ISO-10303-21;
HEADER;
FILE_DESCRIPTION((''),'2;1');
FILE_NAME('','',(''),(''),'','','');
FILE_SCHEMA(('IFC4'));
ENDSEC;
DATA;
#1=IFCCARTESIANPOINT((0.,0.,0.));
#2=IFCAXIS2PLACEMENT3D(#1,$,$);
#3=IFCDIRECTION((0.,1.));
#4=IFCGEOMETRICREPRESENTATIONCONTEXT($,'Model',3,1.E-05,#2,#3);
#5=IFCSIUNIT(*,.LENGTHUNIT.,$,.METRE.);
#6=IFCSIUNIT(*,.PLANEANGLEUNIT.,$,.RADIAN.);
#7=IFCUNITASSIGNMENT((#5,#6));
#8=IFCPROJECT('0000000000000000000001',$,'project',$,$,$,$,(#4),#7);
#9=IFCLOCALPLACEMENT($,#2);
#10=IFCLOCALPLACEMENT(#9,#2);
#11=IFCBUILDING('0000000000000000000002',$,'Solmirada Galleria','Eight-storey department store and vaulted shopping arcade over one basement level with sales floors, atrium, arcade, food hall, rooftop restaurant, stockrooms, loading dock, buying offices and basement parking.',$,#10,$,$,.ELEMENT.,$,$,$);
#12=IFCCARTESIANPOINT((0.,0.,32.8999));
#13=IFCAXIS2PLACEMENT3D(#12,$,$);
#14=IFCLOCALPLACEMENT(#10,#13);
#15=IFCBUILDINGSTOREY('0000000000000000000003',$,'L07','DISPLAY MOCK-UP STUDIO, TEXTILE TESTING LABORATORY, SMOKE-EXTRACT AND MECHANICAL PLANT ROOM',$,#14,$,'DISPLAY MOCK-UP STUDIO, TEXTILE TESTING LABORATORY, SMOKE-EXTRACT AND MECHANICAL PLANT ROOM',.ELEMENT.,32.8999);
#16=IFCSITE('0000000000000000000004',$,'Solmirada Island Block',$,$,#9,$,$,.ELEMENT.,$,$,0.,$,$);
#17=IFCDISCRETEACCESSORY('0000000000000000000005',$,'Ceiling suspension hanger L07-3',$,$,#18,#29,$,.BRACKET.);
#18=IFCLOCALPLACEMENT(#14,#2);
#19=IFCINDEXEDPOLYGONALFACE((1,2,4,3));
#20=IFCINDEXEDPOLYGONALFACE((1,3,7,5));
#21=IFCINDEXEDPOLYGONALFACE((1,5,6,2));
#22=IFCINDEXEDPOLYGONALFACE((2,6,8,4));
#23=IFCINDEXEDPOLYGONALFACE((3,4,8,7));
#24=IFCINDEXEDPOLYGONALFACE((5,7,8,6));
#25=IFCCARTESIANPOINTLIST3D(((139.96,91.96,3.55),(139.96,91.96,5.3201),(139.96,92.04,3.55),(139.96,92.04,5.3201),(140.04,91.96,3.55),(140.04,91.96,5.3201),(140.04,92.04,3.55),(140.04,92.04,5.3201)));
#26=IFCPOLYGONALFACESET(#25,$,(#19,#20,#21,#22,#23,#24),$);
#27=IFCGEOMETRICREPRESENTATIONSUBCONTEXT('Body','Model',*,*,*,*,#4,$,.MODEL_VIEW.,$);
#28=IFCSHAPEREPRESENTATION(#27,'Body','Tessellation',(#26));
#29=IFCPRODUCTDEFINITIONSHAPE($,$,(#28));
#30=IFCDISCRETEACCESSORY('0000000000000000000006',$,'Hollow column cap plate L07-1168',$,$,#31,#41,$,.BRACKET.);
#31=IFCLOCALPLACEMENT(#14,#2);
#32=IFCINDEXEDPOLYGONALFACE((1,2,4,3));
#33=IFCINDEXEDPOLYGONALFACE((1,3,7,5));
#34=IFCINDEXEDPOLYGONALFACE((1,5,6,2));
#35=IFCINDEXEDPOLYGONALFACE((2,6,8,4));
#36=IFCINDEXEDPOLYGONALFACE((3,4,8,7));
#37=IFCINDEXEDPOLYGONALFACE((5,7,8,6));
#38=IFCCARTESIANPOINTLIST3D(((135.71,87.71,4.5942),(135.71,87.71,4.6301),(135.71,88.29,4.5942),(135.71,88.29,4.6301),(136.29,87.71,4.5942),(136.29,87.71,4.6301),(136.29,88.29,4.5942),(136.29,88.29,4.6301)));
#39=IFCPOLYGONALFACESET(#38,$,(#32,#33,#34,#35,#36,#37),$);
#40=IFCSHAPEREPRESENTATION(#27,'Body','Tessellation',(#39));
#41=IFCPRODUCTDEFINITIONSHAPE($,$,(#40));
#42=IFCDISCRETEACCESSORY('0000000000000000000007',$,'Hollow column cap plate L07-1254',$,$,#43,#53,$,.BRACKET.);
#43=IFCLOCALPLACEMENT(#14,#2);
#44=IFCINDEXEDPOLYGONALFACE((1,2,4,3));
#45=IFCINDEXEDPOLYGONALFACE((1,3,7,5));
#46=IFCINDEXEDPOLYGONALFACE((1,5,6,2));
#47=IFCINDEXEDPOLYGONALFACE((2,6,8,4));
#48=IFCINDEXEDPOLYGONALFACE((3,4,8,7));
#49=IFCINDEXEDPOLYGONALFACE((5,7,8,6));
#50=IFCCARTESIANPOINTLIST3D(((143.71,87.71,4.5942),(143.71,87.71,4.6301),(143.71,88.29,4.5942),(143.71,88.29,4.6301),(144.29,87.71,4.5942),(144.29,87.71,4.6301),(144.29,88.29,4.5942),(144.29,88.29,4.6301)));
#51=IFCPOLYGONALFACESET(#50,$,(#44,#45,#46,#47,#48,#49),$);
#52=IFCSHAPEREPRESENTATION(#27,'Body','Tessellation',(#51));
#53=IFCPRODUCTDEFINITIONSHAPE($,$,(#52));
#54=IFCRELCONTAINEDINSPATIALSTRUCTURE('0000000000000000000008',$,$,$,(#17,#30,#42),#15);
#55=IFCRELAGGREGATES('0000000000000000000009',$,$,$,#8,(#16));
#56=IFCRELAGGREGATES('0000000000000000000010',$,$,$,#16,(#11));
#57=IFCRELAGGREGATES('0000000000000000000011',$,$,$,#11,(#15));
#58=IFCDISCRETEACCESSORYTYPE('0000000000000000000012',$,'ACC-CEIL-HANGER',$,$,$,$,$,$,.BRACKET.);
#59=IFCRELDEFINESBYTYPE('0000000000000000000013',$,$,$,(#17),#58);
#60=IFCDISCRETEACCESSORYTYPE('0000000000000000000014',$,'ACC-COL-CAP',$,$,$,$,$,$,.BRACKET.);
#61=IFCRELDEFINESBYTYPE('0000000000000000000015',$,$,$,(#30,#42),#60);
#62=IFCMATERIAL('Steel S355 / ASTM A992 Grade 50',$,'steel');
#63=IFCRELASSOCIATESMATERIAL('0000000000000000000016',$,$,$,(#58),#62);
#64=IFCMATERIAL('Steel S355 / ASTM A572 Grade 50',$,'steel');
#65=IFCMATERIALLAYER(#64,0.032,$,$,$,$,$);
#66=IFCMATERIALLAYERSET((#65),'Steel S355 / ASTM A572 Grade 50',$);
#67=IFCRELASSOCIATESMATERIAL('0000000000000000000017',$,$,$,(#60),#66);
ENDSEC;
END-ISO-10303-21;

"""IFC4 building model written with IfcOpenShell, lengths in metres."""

from ifc_helpers import new_model, si_unit, direction, frame, origin, origin_2d, place, context, subcontext, project, spatial, rectangle, extrude, material, layer, layer_set, type_object, element, save


model = new_model("IFC4")

# Units and contexts
model_context = context("Model", 3, precision=1e-05, world=origin(), true_north=direction((0.0, 1.0)))
body_context = subcontext(model_context, "Body", "Model", "MODEL_VIEW")
ifc_project = project(units=[si_unit("LENGTHUNIT", "METRE"), si_unit("PLANEANGLEUNIT", "RADIAN")], contexts=[model_context])

# Site, building, storey
site_placement = place(None, origin())
site = spatial("IfcSite", under=ifc_project, at=site_placement, Name="Solmirada Island Block", CompositionType="ELEMENT", RefElevation=0.0)
building_placement = place(site_placement, origin())
building = spatial("IfcBuilding", under=site, at=building_placement, Name="Solmirada Galleria", Description="Eight-storey department store and vaulted shopping arcade over one basement level with sales floors, atrium, arcade, food hall, rooftop restaurant, stockrooms, loading dock, buying offices and basement parking.", CompositionType="ELEMENT")
storey_placement = place(building_placement, frame((0.0, 0.0, 32.8999)))
storey = spatial("IfcBuildingStorey", under=building, at=storey_placement, Name="L07", Description="DISPLAY MOCK-UP STUDIO, TEXTILE TESTING LABORATORY, SMOKE-EXTRACT AND MECHANICAL PLANT ROOM", LongName="DISPLAY MOCK-UP STUDIO, TEXTILE TESTING LABORATORY, SMOKE-EXTRACT AND MECHANICAL PLANT ROOM", CompositionType="ELEMENT", Elevation=32.8999)

# Shared definitions
ifc_material_1 = material(Name="Steel S355 / ASTM A992 Grade 50", Category="steel")

# Discrete accessories
discrete_accessory_type_1 = type_object("IfcDiscreteAccessoryType", Name="ACC-CEIL-HANGER", PredefinedType="BRACKET", material=ifc_material_1)
discrete_accessory_placement = place(storey_placement, frame((140.0, 92.0, 3.55), z_axis=(0.0, 0.0, 1.0), x_axis=(1.0, 0.0, 0.0)))
element("IfcDiscreteAccessory", 1, at=discrete_accessory_placement, inside=storey, type_object=discrete_accessory_type_1, Name="Ceiling suspension hanger L07-3", PredefinedType="BRACKET", context=body_context, shape_type="SweptSolid", body=[
    extrude(rectangle(XDim=0.0801, YDim=0.0801, at=origin_2d()), origin(), (0.0, 0.0, 1.0), 1.77),
])
ifc_material_2 = material(Name="Steel S355 / ASTM A572 Grade 50", Category="steel")
ifc_layer_1 = layer(ifc_material_2, 0.032)
ifc_layer_set_1 = layer_set([ifc_layer_1], Name="Steel S355 / ASTM A572 Grade 50")
discrete_accessory_type_2 = type_object("IfcDiscreteAccessoryType", Name="ACC-COL-CAP", PredefinedType="BRACKET", material=ifc_layer_set_1)
for number, where, z_axis, x_axis, name in (
    (2, (136.0, 88.0, 4.5942), (0.0, 0.0, 1.0), (1.0, 0.0, 0.0), "Hollow column cap plate L07-1168"),
    (3, (144.0, 88.0, 4.5942), (0.0, 0.0, 1.0), (1.0, 0.0, 0.0), "Hollow column cap plate L07-1254"),
):
    element("IfcDiscreteAccessory", number, at=place(storey_placement, frame(where, z_axis=z_axis, x_axis=x_axis)), inside=storey, type_object=discrete_accessory_type_2, Name=name, PredefinedType="BRACKET", context=body_context, shape_type="SweptSolid", body=[
        extrude(rectangle(XDim=0.5801, YDim=0.5801, at=origin_2d()), origin(), (0.0, 0.0, 1.0), 0.0359),
    ])

save(model, "model.ifc")
